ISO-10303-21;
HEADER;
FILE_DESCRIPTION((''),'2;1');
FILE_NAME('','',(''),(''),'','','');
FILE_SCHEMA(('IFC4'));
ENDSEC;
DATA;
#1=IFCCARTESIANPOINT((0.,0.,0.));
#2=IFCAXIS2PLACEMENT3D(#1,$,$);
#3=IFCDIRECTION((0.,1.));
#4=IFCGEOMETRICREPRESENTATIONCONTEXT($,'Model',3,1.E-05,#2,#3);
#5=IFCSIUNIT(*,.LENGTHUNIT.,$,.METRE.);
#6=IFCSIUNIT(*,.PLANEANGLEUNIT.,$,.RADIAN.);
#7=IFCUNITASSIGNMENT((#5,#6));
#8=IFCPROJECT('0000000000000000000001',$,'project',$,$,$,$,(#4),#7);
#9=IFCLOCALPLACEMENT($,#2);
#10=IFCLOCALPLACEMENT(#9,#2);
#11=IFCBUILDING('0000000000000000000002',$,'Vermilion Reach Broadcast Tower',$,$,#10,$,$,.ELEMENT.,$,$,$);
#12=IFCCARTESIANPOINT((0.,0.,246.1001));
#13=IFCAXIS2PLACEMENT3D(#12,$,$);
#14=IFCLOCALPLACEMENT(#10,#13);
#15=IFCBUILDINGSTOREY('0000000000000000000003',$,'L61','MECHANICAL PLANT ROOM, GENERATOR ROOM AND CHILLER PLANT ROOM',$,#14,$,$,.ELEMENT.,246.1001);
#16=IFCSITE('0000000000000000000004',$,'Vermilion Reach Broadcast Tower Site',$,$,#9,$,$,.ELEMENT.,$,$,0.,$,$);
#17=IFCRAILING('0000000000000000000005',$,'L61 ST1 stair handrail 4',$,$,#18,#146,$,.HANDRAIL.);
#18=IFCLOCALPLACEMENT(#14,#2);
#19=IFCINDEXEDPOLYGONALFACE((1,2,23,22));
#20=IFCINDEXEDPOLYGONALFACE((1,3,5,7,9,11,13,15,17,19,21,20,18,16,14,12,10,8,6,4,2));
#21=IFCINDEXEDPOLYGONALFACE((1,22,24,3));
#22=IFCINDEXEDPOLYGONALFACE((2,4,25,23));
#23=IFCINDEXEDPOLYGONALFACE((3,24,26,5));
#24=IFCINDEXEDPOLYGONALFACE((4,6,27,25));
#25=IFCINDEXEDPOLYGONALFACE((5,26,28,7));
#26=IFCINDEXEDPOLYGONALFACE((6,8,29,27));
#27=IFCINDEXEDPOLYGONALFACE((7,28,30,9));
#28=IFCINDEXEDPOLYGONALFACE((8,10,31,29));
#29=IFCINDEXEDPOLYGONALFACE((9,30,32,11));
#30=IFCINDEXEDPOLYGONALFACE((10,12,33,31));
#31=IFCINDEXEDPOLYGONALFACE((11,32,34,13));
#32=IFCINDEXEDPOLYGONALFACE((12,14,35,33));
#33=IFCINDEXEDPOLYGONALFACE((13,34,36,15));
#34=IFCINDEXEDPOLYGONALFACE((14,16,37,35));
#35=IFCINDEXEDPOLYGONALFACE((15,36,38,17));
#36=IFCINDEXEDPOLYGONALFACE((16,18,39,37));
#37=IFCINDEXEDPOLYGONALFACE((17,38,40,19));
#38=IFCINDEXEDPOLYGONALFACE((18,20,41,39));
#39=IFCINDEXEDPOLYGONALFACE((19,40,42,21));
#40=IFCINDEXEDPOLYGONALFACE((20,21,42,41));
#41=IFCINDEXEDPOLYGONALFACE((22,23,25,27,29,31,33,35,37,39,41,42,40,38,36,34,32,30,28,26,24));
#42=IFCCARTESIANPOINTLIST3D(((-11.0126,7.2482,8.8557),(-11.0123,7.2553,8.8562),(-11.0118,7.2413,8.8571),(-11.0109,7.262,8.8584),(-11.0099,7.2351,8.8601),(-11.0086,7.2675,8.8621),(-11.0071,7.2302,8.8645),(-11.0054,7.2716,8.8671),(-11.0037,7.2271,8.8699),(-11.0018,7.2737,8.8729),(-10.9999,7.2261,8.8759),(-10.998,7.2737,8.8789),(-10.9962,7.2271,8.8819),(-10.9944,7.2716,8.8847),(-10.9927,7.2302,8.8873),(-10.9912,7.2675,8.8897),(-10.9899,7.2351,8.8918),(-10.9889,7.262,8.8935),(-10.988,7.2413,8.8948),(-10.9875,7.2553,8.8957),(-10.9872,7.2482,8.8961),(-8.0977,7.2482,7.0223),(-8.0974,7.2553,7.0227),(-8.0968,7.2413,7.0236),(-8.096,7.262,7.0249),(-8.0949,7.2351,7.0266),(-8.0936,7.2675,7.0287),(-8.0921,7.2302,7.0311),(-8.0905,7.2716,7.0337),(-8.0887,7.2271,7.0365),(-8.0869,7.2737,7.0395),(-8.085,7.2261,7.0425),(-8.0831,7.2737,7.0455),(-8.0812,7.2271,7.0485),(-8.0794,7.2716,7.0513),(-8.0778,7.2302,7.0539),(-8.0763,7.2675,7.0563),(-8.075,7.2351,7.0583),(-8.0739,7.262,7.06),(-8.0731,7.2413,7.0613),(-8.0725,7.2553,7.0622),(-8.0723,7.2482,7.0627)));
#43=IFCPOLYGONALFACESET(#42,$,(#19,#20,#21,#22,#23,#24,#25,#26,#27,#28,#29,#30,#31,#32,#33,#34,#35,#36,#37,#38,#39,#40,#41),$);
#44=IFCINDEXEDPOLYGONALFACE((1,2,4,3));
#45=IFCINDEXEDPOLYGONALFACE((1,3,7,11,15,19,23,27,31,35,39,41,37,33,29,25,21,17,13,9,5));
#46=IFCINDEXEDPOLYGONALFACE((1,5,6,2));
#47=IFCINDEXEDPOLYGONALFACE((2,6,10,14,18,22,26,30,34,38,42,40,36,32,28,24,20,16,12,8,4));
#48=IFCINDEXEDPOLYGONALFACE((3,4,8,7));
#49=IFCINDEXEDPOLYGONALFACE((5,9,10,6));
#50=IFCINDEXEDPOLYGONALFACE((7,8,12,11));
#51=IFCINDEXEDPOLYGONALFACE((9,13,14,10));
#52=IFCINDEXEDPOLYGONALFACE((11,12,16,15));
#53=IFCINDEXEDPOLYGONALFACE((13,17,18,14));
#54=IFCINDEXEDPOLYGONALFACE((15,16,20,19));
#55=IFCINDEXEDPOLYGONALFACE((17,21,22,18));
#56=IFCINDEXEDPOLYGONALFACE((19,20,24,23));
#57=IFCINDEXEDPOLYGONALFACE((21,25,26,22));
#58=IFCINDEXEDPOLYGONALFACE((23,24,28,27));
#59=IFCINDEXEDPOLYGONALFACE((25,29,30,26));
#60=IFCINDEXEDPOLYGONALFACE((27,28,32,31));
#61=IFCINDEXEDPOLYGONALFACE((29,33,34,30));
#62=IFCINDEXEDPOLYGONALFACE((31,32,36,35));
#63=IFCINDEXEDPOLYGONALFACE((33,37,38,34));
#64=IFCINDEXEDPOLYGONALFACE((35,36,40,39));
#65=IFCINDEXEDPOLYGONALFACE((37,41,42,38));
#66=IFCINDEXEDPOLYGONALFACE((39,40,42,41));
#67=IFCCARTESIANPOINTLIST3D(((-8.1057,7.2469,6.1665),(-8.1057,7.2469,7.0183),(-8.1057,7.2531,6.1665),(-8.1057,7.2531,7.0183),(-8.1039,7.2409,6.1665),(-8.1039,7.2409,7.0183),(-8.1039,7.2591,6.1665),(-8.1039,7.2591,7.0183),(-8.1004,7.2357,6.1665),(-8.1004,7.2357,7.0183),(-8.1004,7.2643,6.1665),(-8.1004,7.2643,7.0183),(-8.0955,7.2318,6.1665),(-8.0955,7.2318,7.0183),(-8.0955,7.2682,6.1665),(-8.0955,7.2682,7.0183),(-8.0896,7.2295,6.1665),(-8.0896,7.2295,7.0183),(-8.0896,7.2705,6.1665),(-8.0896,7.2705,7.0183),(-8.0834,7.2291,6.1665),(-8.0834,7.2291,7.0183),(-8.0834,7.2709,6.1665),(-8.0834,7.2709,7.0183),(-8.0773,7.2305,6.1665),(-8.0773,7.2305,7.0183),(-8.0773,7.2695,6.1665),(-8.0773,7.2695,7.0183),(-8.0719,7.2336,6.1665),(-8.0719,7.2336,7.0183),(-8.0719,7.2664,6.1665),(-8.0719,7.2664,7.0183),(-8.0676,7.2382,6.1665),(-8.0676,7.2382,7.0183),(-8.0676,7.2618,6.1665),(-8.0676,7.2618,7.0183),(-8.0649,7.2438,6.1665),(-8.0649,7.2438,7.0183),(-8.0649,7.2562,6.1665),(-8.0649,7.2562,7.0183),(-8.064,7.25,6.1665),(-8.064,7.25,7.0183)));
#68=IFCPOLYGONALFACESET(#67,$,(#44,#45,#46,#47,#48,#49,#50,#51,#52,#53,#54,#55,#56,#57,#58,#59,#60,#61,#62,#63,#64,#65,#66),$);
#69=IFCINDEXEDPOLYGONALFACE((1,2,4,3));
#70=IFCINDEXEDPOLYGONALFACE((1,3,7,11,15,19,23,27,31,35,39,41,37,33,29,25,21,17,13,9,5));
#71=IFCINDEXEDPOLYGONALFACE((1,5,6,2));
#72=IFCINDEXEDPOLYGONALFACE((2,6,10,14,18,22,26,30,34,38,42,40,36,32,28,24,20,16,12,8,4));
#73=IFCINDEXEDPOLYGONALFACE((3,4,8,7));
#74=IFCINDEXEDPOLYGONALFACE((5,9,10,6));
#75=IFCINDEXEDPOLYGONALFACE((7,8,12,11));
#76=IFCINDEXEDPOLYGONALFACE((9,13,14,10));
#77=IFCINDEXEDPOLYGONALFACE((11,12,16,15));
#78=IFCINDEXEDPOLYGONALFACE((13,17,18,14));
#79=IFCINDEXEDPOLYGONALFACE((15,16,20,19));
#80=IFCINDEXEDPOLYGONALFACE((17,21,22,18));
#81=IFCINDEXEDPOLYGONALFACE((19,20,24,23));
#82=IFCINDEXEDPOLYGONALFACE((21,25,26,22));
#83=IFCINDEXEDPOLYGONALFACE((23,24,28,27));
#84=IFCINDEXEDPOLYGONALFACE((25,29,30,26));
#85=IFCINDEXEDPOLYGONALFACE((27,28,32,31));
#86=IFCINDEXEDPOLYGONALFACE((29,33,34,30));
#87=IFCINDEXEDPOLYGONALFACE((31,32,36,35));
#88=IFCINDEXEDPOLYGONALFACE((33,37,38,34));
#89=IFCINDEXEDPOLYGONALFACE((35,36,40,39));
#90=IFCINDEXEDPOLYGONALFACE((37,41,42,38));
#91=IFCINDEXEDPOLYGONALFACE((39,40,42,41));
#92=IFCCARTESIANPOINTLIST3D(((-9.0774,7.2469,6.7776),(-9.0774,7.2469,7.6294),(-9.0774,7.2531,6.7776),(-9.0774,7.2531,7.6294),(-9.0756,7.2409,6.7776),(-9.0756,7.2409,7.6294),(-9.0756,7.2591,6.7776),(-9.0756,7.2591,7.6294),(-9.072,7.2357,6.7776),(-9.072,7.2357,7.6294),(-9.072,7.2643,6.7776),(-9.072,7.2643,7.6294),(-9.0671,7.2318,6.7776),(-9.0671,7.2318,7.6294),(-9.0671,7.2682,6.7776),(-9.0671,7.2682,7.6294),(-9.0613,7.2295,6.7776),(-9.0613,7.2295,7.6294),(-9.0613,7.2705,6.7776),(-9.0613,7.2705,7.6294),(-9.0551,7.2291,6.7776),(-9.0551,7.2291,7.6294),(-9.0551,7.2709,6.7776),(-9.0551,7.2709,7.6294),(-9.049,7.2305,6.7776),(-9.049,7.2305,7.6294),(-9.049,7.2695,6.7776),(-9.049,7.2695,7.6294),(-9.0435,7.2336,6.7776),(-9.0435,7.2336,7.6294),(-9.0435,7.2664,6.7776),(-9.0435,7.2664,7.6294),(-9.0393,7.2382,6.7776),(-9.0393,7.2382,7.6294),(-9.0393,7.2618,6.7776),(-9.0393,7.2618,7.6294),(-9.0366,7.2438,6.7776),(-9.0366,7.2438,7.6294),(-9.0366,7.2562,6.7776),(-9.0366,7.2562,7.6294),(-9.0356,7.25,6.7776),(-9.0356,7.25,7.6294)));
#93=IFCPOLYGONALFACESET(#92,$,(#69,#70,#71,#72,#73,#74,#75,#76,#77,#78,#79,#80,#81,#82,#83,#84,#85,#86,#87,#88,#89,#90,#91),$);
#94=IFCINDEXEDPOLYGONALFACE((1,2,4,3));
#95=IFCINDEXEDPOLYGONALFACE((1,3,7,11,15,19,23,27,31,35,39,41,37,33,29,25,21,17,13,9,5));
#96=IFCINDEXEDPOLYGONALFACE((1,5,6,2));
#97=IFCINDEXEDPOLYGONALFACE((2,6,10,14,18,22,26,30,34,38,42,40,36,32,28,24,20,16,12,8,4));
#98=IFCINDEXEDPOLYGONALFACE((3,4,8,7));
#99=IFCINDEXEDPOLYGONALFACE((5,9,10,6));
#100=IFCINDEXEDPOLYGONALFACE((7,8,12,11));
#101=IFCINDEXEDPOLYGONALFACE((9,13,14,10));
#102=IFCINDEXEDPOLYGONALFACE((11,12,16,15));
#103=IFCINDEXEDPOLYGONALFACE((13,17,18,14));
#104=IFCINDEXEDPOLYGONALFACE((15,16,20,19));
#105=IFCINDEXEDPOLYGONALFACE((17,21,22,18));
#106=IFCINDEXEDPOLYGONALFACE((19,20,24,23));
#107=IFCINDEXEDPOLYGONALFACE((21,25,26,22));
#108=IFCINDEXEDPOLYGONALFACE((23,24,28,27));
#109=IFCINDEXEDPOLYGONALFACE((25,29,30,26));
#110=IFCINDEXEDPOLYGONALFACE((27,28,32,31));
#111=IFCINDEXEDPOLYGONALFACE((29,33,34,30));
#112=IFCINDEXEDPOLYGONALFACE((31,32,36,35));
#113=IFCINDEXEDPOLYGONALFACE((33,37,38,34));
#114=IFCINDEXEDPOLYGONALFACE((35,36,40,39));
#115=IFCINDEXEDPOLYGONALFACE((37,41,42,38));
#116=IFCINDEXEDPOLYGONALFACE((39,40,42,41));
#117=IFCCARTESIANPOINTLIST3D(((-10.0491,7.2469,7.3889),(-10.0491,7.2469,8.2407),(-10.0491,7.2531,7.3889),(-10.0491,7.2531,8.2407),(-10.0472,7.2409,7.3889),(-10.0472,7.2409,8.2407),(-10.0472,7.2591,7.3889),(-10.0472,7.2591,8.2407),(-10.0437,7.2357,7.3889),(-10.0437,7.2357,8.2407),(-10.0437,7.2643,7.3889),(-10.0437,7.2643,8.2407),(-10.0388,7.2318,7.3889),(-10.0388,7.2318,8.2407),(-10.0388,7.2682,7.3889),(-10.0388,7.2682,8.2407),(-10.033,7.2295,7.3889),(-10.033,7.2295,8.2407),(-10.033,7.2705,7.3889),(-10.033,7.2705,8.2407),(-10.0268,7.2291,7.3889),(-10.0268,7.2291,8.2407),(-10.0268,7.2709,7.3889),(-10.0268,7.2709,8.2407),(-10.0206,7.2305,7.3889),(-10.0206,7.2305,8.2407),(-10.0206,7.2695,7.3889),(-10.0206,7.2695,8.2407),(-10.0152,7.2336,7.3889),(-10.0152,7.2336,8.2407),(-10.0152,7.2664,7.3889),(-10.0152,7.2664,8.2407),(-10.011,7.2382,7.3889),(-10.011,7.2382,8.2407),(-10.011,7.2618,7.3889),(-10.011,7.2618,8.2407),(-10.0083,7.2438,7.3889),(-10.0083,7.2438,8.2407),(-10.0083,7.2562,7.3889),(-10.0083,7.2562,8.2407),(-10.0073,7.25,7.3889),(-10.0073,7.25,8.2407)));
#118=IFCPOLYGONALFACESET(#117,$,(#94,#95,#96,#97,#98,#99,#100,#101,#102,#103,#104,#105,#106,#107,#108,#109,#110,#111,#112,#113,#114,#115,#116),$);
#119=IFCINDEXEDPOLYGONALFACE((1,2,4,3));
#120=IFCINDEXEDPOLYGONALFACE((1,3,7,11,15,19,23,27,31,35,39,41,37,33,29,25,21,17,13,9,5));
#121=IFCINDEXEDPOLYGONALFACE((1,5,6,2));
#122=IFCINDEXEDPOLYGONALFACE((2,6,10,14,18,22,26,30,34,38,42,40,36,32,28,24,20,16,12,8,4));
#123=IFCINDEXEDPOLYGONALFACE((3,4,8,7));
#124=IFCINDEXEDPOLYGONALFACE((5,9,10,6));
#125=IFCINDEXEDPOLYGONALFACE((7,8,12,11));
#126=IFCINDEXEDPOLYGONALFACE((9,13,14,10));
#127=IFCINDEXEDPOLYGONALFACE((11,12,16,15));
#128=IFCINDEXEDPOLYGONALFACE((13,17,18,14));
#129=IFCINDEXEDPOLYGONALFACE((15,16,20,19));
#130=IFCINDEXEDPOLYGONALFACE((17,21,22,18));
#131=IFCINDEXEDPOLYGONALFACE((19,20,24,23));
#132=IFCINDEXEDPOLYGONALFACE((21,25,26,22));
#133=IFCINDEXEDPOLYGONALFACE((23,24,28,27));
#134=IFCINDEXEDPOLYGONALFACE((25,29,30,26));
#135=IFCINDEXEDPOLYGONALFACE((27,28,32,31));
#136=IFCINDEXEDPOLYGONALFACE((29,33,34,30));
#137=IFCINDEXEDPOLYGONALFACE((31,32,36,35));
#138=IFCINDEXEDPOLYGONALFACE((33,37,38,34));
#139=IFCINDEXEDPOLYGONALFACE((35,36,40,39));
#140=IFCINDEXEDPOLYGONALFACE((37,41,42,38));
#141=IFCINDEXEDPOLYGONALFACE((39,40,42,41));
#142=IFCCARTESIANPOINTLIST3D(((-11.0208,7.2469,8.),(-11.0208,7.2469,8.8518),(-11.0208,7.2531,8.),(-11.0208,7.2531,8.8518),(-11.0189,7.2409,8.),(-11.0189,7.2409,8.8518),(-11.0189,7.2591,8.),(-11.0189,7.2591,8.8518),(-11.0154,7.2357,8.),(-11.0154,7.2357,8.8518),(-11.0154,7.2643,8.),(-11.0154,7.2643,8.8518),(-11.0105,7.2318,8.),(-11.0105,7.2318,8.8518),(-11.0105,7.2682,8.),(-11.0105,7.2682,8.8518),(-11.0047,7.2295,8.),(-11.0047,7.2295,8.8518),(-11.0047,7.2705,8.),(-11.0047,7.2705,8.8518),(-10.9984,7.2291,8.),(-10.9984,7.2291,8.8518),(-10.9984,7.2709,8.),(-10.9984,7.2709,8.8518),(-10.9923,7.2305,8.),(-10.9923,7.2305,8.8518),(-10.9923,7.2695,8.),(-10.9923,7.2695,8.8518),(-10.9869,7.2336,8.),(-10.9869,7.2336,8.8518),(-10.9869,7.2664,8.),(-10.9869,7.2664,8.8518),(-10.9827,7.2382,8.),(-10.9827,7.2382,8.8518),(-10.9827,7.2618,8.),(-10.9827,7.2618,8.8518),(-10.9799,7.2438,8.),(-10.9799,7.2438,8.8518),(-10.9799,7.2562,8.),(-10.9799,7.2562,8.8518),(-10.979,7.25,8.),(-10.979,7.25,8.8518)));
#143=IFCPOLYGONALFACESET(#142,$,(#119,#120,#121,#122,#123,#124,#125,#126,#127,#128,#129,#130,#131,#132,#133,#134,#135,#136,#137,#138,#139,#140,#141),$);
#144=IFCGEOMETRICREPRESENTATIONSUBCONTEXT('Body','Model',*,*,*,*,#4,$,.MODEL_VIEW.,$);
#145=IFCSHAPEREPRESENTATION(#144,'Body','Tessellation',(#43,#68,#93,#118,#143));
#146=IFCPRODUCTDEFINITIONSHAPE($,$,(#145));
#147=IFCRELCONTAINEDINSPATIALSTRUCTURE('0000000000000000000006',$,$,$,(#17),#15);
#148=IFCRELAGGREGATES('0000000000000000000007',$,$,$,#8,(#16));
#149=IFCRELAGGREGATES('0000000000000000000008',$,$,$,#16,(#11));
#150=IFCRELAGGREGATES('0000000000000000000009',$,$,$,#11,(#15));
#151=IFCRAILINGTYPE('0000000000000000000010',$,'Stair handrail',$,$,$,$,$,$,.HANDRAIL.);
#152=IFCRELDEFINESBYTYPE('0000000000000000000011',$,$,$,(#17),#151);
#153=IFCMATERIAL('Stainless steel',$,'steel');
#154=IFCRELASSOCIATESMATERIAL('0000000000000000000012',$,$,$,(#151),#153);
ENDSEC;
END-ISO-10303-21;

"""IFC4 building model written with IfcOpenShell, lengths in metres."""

from ifc_helpers import new_model, si_unit, direction, frame, origin, origin_2d, place, context, subcontext, project, spatial, circle, extrude, material, type_object, element, save


model = new_model("IFC4")

# Units and contexts
model_context = context("Model", 3, precision=1e-05, world=origin(), true_north=direction((0.0, 1.0)))
body_context = subcontext(model_context, "Body", "Model", "MODEL_VIEW")
ifc_project = project(units=[si_unit("LENGTHUNIT", "METRE"), si_unit("PLANEANGLEUNIT", "RADIAN")], contexts=[model_context])

# Site, building, storey
site_placement = place(None, origin())
site = spatial("IfcSite", under=ifc_project, at=site_placement, Name="Vermilion Reach Broadcast Tower Site", CompositionType="ELEMENT", RefElevation=0.0)
building_placement = place(site_placement, origin())
building = spatial("IfcBuilding", under=site, at=building_placement, Name="Vermilion Reach Broadcast Tower", CompositionType="ELEMENT")
storey_placement = place(building_placement, frame((0.0, 0.0, 246.1001)))
storey = spatial("IfcBuildingStorey", under=building, at=storey_placement, Name="L61", Description="MECHANICAL PLANT ROOM, GENERATOR ROOM AND CHILLER PLANT ROOM", CompositionType="ELEMENT", Elevation=246.1001)

# Railing
ifc_material_1 = material(Name="Stainless steel", Category="steel")
railing_type_1 = type_object("IfcRailingType", Name="Stair handrail", PredefinedType="HANDRAIL", material=ifc_material_1)
railing_1_placement = place(storey_placement, frame((-8.085, 7.25, 6.1665)))
element("IfcRailing", 1, at=railing_1_placement, inside=storey, type_object=railing_type_1, Name="L61 ST1 stair handrail 4", PredefinedType="HANDRAIL", context=body_context, shape_type="SweptSolid", body=[
    extrude(circle(Radius=0.0239, at=origin_2d()), frame((0.0, 0.0, 0.876), z_axis=(-0.846481, 0.0, 0.532418), x_axis=(0.0, -1.0, 0.0)), (0.0, 0.0, 1.0), 3.4436),
    extrude(circle(Radius=0.021, at=origin_2d()), origin(), (0.0, 0.0, 1.0), 0.8518),
    extrude(circle(Radius=0.021, at=origin_2d()), frame((-0.9717, 0.0, 0.6111)), (0.0, 0.0, 1.0), 0.8518),
    extrude(circle(Radius=0.021, at=origin_2d()), frame((-1.9434, 0.0, 1.2224)), (0.0, 0.0, 1.0), 0.8518),
    extrude(circle(Radius=0.021, at=origin_2d()), frame((-2.915, 0.0, 1.8335)), (0.0, 0.0, 1.0), 0.8518),
])

save(model, "model.ifc")
